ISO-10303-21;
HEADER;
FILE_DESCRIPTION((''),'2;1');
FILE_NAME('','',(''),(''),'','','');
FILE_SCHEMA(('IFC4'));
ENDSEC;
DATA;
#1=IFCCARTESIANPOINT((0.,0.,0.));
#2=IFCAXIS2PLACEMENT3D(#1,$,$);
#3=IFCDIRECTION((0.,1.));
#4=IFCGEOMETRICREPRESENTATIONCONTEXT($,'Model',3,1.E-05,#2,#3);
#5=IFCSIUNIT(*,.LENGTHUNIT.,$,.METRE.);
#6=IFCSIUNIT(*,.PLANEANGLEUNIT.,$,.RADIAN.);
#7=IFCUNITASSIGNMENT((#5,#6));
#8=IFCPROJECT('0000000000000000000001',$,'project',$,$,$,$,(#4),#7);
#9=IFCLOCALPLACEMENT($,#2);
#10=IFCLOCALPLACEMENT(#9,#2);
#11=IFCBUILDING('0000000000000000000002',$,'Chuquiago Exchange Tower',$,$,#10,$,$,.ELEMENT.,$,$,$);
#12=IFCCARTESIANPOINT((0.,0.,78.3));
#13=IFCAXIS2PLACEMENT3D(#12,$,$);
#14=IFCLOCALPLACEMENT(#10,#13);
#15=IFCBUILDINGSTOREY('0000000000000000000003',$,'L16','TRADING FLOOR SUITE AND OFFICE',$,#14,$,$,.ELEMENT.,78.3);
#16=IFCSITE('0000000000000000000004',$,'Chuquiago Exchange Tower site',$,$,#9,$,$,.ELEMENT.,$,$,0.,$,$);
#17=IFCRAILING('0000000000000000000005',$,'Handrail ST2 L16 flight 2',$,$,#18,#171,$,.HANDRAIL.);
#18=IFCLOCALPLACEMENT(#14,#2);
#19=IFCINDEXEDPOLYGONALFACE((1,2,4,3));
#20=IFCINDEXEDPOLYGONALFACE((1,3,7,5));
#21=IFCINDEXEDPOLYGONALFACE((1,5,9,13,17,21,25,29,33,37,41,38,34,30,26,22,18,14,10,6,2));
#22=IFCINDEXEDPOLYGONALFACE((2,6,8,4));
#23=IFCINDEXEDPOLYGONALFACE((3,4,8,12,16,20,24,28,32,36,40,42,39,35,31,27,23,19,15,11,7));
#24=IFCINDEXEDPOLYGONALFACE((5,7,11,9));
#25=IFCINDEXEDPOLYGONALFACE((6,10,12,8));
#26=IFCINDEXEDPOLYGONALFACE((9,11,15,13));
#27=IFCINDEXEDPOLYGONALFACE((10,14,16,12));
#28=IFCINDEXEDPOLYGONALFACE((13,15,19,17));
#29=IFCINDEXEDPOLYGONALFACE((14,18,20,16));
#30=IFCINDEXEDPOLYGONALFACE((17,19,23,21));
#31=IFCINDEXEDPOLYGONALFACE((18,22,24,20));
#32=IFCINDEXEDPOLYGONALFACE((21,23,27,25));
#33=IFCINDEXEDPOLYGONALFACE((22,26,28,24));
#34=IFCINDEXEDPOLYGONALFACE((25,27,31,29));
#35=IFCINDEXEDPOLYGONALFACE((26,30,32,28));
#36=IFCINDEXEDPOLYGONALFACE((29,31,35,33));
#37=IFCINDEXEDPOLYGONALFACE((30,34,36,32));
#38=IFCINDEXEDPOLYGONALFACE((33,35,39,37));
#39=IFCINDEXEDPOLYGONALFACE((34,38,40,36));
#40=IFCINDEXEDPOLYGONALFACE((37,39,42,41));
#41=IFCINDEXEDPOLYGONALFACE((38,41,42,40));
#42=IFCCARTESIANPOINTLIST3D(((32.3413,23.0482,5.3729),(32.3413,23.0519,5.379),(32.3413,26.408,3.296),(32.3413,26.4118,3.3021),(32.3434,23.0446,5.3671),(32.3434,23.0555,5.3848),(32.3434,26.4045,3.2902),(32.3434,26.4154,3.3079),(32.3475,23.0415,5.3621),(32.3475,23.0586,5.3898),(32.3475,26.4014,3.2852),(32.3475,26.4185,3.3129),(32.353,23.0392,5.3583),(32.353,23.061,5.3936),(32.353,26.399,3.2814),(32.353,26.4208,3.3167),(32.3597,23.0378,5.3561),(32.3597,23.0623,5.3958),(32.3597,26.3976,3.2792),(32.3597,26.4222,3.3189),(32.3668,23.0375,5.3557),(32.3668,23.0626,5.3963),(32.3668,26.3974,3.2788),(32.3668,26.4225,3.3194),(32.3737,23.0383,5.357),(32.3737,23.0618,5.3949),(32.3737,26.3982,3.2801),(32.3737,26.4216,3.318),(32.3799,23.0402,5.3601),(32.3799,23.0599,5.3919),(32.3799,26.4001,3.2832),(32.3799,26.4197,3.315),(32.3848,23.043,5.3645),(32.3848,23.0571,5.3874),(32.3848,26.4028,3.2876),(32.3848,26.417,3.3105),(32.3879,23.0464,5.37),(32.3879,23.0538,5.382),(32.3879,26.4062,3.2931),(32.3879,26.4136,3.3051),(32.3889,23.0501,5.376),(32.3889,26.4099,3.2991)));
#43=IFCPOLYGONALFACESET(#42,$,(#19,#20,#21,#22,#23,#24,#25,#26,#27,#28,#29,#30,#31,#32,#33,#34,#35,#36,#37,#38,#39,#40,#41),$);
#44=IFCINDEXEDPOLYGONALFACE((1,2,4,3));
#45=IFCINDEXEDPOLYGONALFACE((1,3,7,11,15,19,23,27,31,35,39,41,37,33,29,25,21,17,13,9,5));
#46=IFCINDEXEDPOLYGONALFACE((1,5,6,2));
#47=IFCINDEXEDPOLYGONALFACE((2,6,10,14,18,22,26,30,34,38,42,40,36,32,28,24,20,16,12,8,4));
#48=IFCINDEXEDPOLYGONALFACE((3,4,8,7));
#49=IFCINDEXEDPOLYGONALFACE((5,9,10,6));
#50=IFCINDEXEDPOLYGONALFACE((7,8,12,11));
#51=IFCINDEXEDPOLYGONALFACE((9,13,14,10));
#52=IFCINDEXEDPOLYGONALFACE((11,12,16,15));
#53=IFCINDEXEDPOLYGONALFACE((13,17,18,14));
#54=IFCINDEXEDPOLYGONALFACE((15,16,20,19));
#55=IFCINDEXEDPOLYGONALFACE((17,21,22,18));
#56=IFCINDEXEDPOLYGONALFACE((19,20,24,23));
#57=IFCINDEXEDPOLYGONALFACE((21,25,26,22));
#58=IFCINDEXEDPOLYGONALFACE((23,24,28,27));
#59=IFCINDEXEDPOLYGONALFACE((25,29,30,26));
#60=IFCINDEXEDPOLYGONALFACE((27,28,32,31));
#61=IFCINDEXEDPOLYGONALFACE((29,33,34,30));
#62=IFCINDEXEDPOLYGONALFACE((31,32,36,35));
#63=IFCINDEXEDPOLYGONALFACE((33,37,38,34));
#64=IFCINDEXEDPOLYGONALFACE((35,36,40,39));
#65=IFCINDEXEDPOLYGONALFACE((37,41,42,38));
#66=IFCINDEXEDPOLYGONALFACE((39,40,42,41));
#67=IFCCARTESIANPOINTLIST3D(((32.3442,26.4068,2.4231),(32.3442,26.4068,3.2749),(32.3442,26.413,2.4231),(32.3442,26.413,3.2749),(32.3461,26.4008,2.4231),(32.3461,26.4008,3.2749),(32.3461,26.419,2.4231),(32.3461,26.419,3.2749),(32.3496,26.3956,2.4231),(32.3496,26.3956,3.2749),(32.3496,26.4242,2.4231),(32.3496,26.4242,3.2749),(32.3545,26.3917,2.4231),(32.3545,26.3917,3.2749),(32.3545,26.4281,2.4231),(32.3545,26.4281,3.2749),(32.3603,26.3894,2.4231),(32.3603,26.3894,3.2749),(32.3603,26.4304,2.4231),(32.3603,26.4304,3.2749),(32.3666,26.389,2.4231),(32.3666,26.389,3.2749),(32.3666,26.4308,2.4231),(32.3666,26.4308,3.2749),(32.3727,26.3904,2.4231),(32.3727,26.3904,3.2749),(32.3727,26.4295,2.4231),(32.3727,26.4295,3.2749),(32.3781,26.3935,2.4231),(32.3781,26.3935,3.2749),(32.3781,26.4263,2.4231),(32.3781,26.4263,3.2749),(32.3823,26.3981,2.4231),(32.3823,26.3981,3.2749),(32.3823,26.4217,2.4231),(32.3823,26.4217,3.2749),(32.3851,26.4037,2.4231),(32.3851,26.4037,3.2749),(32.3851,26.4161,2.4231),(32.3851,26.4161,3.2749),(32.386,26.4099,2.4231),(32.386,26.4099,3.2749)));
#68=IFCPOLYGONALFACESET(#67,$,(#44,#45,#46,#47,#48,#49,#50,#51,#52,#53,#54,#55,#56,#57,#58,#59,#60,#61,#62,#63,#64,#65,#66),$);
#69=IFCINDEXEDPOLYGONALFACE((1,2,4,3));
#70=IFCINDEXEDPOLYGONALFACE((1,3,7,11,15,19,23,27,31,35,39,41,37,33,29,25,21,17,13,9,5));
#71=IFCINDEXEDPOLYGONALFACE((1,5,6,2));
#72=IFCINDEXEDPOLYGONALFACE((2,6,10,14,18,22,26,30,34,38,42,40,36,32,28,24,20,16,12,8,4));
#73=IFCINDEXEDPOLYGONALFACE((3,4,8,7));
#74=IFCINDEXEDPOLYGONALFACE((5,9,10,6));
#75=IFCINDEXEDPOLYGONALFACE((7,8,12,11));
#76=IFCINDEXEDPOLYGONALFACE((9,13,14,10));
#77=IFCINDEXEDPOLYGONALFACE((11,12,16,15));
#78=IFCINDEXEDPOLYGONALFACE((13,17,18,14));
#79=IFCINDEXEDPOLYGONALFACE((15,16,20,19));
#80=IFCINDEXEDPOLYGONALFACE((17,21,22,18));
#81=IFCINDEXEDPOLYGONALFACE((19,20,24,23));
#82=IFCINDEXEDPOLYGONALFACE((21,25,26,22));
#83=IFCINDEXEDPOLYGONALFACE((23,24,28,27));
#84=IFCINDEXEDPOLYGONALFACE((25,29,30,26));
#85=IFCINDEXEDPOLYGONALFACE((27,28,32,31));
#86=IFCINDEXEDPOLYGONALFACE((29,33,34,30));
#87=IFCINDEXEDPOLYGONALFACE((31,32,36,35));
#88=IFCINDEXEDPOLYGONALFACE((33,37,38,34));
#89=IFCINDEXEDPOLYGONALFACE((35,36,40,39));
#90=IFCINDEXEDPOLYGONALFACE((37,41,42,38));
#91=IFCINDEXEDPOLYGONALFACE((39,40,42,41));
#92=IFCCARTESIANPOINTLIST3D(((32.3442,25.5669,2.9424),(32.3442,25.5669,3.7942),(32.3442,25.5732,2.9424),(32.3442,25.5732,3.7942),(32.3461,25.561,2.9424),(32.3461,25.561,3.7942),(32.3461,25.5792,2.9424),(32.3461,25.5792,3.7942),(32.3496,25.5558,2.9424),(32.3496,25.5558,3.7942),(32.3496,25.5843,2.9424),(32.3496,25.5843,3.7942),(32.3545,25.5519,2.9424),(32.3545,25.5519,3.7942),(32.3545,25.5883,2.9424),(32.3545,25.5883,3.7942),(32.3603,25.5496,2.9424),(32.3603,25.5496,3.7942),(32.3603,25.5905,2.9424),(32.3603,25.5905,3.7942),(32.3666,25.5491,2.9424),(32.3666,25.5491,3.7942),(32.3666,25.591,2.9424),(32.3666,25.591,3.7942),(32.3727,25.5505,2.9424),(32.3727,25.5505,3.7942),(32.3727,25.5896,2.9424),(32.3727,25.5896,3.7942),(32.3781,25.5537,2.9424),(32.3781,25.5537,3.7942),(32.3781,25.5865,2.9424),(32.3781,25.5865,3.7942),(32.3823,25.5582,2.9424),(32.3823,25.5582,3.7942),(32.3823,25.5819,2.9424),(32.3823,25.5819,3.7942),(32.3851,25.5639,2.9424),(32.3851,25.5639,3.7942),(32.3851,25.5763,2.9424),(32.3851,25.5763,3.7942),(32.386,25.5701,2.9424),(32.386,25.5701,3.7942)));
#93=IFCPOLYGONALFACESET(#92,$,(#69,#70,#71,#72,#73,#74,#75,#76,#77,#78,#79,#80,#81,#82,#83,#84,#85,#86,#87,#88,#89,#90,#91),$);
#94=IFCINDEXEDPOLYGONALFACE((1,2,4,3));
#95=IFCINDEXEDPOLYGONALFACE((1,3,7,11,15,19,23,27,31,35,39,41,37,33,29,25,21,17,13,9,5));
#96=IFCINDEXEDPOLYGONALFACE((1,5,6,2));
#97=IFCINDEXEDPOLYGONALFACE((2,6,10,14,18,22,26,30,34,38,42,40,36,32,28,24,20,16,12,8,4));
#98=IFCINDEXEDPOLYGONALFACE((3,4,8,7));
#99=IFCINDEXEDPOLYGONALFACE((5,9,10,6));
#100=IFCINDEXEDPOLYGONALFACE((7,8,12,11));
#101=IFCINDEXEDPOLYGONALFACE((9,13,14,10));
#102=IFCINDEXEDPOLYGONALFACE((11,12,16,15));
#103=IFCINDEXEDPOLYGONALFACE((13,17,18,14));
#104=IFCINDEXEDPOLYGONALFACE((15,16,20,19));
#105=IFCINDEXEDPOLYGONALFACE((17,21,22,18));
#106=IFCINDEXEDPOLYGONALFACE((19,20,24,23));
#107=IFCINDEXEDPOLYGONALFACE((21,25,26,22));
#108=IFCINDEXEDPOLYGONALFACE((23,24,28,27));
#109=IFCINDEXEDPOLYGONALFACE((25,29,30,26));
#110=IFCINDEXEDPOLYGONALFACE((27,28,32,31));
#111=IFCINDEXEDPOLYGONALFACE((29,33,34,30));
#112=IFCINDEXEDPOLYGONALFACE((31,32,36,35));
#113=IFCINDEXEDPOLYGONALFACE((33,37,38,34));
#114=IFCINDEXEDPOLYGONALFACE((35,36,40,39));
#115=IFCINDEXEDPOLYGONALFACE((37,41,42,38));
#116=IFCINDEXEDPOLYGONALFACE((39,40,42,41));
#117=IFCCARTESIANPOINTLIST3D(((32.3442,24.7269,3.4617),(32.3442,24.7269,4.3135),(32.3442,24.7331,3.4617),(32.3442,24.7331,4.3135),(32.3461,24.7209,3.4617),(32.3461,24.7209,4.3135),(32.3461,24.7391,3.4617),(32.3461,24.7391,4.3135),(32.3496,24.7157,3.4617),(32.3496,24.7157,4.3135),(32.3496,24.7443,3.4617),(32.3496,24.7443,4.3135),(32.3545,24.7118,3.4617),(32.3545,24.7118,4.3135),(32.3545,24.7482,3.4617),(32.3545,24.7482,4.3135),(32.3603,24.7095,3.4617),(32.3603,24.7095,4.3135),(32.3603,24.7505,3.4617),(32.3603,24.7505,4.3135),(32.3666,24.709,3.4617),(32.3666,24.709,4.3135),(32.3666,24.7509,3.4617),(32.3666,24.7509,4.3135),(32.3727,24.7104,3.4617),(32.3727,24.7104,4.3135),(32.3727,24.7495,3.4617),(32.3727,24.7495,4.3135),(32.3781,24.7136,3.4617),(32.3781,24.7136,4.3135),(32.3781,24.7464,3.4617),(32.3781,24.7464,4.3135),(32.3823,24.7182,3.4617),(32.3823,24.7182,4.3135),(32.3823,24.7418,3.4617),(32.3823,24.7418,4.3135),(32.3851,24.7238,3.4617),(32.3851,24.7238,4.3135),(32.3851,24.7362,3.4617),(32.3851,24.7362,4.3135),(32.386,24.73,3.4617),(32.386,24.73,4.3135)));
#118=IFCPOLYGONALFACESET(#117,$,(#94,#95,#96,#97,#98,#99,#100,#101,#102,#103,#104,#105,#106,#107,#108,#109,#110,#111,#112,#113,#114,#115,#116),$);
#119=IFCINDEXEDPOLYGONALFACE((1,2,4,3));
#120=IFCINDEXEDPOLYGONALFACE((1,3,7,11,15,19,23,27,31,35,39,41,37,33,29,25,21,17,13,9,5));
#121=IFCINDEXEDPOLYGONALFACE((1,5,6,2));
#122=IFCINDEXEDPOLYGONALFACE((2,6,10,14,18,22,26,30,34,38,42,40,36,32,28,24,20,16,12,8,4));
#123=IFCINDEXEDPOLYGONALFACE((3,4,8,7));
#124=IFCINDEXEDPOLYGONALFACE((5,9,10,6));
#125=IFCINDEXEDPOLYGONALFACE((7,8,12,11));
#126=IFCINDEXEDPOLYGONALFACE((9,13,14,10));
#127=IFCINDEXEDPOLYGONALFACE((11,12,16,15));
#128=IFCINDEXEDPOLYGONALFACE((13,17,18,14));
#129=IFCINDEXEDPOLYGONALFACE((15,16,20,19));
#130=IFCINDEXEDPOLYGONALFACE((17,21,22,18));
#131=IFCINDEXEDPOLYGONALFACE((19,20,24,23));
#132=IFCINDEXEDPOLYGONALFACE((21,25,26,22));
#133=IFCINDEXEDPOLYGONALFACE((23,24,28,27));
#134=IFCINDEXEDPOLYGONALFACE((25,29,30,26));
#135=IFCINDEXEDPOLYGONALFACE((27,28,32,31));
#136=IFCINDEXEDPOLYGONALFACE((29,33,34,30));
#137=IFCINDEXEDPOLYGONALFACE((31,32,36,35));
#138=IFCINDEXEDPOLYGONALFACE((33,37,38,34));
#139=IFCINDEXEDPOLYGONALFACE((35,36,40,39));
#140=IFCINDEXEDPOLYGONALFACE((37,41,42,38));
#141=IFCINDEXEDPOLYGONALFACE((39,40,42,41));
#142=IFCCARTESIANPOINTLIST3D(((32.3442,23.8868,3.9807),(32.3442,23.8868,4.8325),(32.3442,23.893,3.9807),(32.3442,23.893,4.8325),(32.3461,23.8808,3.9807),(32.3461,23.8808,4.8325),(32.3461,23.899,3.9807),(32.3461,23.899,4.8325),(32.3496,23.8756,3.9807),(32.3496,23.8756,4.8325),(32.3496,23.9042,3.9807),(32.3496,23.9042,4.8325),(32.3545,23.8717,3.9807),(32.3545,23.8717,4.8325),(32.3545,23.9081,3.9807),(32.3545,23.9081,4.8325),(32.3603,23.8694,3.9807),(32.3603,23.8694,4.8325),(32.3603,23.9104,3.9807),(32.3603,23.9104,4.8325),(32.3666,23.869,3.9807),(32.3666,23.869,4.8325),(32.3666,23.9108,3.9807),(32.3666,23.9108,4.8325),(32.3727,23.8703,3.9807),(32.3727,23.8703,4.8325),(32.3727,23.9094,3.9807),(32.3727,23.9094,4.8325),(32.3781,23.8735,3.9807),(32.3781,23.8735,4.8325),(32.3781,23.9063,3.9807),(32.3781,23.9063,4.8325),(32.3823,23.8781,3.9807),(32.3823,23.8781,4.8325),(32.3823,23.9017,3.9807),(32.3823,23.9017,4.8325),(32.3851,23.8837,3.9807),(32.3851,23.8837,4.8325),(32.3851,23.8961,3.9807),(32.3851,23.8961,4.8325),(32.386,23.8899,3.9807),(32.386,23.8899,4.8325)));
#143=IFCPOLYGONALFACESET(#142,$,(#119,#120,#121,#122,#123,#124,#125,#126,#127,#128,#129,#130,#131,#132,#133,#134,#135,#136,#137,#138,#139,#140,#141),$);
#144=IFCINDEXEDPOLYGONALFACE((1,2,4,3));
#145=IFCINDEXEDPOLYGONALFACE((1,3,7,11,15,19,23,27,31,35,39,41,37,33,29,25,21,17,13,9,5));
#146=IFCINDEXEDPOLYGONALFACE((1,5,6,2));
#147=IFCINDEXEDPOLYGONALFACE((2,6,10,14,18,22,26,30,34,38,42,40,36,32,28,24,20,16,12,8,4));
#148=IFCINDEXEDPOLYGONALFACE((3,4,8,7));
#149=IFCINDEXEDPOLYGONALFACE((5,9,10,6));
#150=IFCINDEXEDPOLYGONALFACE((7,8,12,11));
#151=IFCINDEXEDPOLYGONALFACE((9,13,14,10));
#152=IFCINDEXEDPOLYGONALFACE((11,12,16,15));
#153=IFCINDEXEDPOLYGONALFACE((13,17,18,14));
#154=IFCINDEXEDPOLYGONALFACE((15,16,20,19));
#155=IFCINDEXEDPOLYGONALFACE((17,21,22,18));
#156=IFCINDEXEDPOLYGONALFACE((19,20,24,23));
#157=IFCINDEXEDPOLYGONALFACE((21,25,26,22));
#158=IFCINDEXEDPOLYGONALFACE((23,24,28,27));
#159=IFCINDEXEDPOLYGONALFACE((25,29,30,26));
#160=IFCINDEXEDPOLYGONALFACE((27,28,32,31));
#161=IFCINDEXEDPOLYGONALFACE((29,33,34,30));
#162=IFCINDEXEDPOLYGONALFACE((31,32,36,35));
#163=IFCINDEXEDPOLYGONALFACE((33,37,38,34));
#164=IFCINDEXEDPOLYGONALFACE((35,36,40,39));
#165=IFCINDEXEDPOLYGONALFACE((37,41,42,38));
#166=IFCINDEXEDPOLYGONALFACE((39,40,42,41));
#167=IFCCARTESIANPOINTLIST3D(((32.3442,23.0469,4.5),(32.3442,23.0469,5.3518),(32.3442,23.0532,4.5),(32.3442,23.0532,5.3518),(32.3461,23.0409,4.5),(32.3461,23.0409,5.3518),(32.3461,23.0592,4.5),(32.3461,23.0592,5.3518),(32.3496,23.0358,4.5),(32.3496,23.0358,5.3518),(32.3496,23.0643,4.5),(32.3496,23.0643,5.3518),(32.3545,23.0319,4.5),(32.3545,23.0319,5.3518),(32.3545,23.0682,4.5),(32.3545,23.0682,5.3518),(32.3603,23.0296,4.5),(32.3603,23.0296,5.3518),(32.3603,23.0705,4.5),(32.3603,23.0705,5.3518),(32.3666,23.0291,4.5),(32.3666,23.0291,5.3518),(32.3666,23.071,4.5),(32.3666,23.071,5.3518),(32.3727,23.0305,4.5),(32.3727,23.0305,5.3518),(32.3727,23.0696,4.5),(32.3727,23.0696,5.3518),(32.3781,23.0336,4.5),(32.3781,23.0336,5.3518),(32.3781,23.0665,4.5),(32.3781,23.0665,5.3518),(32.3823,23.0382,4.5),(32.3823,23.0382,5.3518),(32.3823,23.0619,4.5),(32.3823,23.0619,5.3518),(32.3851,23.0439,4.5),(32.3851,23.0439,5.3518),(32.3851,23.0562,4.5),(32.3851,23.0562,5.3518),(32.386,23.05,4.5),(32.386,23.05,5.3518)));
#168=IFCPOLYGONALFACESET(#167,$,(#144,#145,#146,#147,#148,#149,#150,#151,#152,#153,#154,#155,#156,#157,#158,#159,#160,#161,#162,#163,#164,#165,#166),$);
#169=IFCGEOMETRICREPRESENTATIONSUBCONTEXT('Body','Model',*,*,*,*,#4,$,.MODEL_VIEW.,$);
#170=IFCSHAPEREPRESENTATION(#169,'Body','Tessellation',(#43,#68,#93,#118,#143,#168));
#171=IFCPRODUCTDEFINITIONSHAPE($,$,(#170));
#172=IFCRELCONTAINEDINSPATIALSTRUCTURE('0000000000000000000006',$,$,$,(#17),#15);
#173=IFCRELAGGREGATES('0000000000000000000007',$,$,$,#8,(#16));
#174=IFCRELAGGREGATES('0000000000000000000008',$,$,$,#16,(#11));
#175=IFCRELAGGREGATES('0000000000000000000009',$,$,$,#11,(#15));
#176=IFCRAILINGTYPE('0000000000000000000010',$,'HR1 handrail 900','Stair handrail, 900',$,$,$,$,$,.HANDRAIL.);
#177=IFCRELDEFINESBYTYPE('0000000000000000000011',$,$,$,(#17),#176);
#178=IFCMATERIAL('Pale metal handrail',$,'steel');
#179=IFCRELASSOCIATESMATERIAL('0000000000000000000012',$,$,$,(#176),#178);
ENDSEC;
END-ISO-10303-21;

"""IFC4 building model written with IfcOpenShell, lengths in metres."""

from ifc_helpers import new_model, si_unit, direction, frame, origin, origin_2d, place, context, subcontext, project, spatial, circle, extrude, material, type_object, element, save


model = new_model("IFC4")

# Units and contexts
model_context = context("Model", 3, precision=1e-05, world=origin(), true_north=direction((0.0, 1.0)))
body_context = subcontext(model_context, "Body", "Model", "MODEL_VIEW")
ifc_project = project(units=[si_unit("LENGTHUNIT", "METRE"), si_unit("PLANEANGLEUNIT", "RADIAN")], contexts=[model_context])

# Site, building, storey
site_placement = place(None, origin())
site = spatial("IfcSite", under=ifc_project, at=site_placement, Name="Chuquiago Exchange Tower site", CompositionType="ELEMENT", RefElevation=0.0)
building_placement = place(site_placement, origin())
building = spatial("IfcBuilding", under=site, at=building_placement, Name="Chuquiago Exchange Tower", CompositionType="ELEMENT")
storey_placement = place(building_placement, frame((0.0, 0.0, 78.3)))
storey = spatial("IfcBuildingStorey", under=building, at=storey_placement, Name="L16", Description="TRADING FLOOR SUITE AND OFFICE", CompositionType="ELEMENT", Elevation=78.3)

# Railing
ifc_material_1 = material(Name="Pale metal handrail", Category="steel")
railing_type_1 = type_object("IfcRailingType", Name="HR1 handrail 900", Description="Stair handrail, 900", PredefinedType="HANDRAIL", material=ifc_material_1)
for number, where, name in (
    (1, (32.365, 26.4099, 2.4231), "Handrail ST2 L16 flight 2"),
):
    element("IfcRailing", number, at=place(storey_placement, frame(where)), inside=storey, type_object=railing_type_1, Name=name, PredefinedType="HANDRAIL", context=body_context, shape_type="SweptSolid", body=[
        extrude(circle(Radius=0.0239, at=origin_2d()), frame((0.0, 0.0, 0.876), z_axis=(0.0, -0.850606, 0.525803), x_axis=(1.0, 0.0, 0.0)), (0.0, 0.0, 1.0), 3.95),
        extrude(circle(Radius=0.021, at=origin_2d()), origin(), (0.0, 0.0, 1.0), 0.8518),
        extrude(circle(Radius=0.021, at=origin_2d()), frame((0.0, -0.8398, 0.5193)), (0.0, 0.0, 1.0), 0.8518),
        extrude(circle(Radius=0.021, at=origin_2d()), frame((0.0, -1.6799, 1.0386)), (0.0, 0.0, 1.0), 0.8518),
        extrude(circle(Radius=0.021, at=origin_2d()), frame((0.0, -2.52, 1.5576)), (0.0, 0.0, 1.0), 0.8518),
        extrude(circle(Radius=0.021, at=origin_2d()), frame((0.0, -3.3599, 2.0769)), (0.0, 0.0, 1.0), 0.8518),
    ])

save(model, "model.ifc")
